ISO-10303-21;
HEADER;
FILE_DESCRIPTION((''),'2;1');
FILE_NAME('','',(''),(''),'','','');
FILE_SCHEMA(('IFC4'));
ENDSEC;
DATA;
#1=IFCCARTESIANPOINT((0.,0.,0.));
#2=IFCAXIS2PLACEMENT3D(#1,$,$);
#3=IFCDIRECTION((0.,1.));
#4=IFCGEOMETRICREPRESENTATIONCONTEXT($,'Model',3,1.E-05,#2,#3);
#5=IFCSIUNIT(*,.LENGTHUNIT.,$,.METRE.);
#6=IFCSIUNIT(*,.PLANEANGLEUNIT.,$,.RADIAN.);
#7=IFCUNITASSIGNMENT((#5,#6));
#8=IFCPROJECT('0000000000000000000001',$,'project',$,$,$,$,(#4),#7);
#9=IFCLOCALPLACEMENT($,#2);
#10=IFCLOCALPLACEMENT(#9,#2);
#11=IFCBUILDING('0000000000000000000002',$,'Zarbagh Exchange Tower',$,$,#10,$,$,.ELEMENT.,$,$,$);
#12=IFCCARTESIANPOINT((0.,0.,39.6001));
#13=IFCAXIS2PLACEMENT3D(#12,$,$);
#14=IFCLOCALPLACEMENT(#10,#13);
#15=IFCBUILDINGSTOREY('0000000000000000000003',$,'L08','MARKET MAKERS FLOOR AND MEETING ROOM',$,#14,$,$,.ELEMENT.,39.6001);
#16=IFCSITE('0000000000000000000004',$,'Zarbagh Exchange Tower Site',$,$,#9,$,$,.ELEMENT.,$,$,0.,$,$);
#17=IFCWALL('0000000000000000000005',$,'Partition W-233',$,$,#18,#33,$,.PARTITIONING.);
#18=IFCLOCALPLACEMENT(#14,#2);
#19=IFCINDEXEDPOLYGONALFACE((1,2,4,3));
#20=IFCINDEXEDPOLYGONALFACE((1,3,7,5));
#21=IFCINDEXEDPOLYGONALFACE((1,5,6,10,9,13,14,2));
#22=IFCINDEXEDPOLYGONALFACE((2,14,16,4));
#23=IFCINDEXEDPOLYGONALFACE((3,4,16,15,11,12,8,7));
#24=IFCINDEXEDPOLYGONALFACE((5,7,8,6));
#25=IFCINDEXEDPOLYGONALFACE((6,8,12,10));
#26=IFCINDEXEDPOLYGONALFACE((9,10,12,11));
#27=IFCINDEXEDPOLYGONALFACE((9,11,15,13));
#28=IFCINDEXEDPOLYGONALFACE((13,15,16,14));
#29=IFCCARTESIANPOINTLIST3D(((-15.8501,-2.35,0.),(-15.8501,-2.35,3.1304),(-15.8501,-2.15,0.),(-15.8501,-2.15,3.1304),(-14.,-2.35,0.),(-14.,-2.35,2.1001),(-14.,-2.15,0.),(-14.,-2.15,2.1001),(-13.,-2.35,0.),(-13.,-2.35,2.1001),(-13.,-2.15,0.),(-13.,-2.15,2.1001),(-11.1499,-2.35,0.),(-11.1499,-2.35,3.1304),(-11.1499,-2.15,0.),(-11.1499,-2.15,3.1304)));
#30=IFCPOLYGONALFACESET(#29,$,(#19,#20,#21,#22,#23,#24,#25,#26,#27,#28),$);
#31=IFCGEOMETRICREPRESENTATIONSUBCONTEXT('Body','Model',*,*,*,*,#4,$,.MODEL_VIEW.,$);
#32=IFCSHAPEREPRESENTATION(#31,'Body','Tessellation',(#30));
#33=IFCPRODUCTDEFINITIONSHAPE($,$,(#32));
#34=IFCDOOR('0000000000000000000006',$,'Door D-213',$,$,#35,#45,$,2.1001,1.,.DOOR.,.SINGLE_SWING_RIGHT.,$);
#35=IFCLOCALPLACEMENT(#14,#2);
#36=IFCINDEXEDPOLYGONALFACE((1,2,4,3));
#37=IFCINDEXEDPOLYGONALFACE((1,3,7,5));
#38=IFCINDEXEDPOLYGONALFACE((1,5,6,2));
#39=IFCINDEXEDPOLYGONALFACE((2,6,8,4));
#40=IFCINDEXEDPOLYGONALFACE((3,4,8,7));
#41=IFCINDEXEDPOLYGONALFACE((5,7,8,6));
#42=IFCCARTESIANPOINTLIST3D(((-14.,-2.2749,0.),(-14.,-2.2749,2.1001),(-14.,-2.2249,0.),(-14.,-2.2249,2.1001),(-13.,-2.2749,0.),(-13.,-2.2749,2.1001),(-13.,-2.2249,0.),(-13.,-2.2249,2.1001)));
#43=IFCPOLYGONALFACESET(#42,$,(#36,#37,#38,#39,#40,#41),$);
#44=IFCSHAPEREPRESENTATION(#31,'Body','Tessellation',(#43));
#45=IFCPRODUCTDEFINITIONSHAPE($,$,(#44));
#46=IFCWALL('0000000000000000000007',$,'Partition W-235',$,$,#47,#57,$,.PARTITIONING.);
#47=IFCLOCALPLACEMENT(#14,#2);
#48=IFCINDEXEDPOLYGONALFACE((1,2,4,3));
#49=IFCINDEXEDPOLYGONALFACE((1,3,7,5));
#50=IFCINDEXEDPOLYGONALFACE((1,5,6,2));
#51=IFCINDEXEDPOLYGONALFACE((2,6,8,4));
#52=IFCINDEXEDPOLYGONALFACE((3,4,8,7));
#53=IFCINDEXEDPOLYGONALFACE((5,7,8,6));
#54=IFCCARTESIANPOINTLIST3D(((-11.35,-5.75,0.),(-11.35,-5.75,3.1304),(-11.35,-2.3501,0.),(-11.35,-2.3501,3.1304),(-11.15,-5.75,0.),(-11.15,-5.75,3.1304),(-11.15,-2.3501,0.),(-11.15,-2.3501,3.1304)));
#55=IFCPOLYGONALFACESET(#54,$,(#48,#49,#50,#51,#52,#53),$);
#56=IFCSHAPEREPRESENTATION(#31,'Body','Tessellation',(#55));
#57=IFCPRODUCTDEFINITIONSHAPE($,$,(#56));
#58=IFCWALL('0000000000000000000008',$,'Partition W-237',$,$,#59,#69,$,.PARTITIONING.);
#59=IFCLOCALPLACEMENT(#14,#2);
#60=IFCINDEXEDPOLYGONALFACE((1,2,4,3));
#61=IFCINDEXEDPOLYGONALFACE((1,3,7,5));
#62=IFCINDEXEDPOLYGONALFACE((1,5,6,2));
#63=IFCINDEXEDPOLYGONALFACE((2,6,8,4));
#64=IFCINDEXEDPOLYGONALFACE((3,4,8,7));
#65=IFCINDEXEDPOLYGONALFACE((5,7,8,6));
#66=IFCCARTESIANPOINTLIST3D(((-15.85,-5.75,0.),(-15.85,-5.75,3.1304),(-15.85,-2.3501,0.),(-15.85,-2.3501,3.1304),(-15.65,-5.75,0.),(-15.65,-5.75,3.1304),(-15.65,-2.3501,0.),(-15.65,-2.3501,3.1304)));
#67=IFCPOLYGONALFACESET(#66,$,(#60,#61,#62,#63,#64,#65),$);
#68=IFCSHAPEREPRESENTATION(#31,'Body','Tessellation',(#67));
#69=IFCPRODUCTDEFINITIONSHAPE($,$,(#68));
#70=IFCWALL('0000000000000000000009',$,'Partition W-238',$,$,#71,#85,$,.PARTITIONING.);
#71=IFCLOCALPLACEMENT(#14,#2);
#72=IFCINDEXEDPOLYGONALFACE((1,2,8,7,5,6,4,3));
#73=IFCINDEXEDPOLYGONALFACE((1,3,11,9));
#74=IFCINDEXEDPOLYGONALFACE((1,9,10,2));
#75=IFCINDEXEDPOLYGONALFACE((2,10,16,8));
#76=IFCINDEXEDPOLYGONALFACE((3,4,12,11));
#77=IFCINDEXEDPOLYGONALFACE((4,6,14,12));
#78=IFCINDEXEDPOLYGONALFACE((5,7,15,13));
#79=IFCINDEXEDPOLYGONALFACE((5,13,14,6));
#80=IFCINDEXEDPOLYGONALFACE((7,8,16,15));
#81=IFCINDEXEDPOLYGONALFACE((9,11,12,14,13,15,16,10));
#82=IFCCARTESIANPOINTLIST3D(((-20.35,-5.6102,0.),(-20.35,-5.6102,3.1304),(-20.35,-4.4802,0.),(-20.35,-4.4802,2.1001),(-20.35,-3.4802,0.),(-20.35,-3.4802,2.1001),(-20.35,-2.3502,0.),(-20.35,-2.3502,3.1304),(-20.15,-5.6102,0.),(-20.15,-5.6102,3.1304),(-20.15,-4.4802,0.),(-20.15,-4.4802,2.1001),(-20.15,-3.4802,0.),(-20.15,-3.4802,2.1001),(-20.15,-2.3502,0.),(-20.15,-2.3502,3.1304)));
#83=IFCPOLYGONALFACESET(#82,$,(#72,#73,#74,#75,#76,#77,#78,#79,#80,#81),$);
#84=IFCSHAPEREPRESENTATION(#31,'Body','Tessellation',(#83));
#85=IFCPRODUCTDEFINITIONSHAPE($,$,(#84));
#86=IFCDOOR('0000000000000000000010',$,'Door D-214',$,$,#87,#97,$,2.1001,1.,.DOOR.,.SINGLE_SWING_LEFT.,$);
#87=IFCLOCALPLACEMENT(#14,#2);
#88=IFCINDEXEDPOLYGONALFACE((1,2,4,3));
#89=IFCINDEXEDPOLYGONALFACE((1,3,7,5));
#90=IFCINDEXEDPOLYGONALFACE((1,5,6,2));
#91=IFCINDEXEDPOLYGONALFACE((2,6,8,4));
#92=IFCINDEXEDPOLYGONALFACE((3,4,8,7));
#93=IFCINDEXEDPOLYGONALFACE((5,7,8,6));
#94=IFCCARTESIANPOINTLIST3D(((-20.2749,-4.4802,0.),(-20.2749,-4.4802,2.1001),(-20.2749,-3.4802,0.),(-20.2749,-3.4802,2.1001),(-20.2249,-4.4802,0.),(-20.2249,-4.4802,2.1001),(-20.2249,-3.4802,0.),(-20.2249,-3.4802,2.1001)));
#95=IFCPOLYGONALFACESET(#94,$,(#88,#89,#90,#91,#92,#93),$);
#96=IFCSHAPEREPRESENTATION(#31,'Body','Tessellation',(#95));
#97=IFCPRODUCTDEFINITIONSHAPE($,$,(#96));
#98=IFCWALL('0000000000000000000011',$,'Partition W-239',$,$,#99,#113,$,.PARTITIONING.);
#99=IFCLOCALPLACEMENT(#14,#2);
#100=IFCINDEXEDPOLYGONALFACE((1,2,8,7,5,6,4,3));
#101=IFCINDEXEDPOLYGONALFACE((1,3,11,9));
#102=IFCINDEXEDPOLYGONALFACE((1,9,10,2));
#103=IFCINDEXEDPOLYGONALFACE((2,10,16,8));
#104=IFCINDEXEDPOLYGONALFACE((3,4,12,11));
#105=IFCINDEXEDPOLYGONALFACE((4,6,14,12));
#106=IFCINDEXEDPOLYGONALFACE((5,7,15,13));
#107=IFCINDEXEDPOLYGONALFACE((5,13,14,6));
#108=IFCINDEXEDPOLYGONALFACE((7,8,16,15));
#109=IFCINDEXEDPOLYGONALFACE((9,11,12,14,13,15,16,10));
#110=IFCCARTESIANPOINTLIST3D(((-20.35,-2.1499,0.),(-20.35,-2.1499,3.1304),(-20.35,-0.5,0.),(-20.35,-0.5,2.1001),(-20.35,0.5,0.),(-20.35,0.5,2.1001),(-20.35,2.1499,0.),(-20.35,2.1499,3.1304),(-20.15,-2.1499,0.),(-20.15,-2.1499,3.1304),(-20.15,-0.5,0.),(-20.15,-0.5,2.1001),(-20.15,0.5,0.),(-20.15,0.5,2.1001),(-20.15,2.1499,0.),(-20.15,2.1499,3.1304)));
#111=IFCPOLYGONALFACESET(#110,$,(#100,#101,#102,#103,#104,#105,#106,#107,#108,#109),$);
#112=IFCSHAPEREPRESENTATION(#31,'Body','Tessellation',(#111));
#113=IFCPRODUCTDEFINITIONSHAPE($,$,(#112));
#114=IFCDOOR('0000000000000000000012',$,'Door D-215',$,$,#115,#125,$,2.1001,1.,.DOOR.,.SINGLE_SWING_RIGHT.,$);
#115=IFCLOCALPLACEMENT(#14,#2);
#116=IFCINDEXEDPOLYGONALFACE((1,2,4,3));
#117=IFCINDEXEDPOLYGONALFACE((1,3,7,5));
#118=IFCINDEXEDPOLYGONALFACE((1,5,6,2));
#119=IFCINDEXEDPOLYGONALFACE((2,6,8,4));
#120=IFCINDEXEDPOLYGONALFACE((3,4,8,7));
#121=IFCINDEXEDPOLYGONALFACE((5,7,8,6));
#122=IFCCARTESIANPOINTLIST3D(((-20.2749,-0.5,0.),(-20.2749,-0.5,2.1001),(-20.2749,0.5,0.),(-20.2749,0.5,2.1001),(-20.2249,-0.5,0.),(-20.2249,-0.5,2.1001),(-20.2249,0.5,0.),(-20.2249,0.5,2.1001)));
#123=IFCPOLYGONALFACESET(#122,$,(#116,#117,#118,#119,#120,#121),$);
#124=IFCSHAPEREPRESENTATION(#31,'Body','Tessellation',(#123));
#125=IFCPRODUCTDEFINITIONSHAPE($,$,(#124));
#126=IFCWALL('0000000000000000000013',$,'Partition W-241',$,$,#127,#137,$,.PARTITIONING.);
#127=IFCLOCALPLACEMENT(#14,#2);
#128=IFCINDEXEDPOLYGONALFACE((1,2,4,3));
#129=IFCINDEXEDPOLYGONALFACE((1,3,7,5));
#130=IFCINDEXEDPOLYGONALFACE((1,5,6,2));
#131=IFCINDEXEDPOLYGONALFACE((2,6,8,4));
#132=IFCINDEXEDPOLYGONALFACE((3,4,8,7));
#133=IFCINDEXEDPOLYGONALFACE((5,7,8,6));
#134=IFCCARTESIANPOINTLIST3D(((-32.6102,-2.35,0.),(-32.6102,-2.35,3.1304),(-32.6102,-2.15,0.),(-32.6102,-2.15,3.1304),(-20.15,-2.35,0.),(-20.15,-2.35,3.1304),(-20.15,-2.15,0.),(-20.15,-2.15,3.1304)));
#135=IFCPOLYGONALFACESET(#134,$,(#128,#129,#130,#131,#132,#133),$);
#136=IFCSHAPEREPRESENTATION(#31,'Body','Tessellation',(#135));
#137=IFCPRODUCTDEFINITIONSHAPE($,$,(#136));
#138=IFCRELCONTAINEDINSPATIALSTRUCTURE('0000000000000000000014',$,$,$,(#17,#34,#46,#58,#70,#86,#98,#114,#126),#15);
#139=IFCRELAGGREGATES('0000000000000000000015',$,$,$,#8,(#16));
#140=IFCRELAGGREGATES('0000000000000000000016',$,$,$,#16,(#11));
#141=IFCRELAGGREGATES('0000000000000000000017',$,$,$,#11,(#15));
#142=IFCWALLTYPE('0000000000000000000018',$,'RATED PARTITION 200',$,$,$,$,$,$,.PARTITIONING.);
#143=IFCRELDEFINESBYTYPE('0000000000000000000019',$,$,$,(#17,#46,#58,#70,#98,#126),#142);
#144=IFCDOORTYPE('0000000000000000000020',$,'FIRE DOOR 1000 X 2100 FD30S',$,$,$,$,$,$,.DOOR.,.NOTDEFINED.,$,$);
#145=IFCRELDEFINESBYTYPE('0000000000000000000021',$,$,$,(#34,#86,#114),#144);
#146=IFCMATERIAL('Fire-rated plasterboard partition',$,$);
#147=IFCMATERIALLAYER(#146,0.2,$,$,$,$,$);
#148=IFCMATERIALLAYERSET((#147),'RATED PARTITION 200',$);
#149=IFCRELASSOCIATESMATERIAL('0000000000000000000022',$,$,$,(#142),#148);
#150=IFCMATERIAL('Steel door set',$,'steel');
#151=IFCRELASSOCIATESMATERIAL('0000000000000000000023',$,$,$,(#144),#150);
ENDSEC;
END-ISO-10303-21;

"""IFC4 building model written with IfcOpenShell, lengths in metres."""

from ifc_helpers import new_model, si_unit, direction, frame, frame_2d, origin, place, context, subcontext, project, spatial, rectangle, extrude, material, layer, layer_set, type_object, element, fill, save


model = new_model("IFC4")

# Units and contexts
model_context = context("Model", 3, precision=1e-05, world=origin(), true_north=direction((0.0, 1.0)))
body_context = subcontext(model_context, "Body", "Model", "MODEL_VIEW")
ifc_project = project(units=[si_unit("LENGTHUNIT", "METRE"), si_unit("PLANEANGLEUNIT", "RADIAN")], contexts=[model_context])

# Site, building, storey
site_placement = place(None, origin())
site = spatial("IfcSite", under=ifc_project, at=site_placement, Name="Zarbagh Exchange Tower Site", CompositionType="ELEMENT", RefElevation=0.0)
building_placement = place(site_placement, origin())
building = spatial("IfcBuilding", under=site, at=building_placement, Name="Zarbagh Exchange Tower", CompositionType="ELEMENT")
storey_placement = place(building_placement, frame((0.0, 0.0, 39.6001)))
storey = spatial("IfcBuildingStorey", under=building, at=storey_placement, Name="L08", Description="MARKET MAKERS FLOOR AND MEETING ROOM", CompositionType="ELEMENT", Elevation=39.6001)

# Shared definitions
ifc_material_1 = material(Name="Fire-rated plasterboard partition")
ifc_layer = layer(ifc_material_1, 0.2)
ifc_layer_set = layer_set([ifc_layer], Name="RATED PARTITION 200")
wall_type = type_object("IfcWallType", Name="RATED PARTITION 200", PredefinedType="PARTITIONING", material=ifc_layer_set)

# Wall, opening, door
ifc_material_2 = material(Name="Steel door set", Category="steel")
door_type = type_object("IfcDoorType", Name="FIRE DOOR 1000 X 2100 FD30S", OperationType="NOTDEFINED", PredefinedType="DOOR", material=ifc_material_2)
wall_1_placement = place(storey_placement, frame((-11.1499, -2.25, 0.0), z_axis=(0.0, 0.0, 1.0), x_axis=(-1.0, 0.0, 0.0)))
wall_1 = element("IfcWall", 1, at=wall_1_placement, inside=storey, type_object=wall_type, Name="Partition W-233", PredefinedType="PARTITIONING", context=body_context, shape_type="SweptSolid", body=[
    extrude(rectangle(XDim=4.7002, YDim=0.2, at=frame_2d((2.3501, 0.0))), origin(), (0.0, 0.0, 1.0), 3.1304),
])
opening_1_placement = place(wall_1_placement, frame((1.8501, 0.0, 0.0)))
opening_1 = element("IfcOpeningElement", 2, at=opening_1_placement, cuts=wall_1, PredefinedType="OPENING", context=body_context, shape_type="SweptSolid", body=[
    extrude(rectangle(XDim=1.0, YDim=2.1001, at=frame_2d((0.5, 1.05))), frame((0.0, 0.1099, 0.0), z_axis=(0.0, -1.0, 0.0), x_axis=(1.0, 0.0, 0.0)), (0.0, 0.0, 1.0), 0.22),
])
door_1_placement = place(opening_1_placement, origin())
door_1 = element("IfcDoor", 3, at=door_1_placement, inside=storey, type_object=door_type, Name="Door D-213", OperationType="SINGLE_SWING_RIGHT", OverallHeight=2.1001, OverallWidth=1.0, PredefinedType="DOOR", context=body_context, shape_type="SweptSolid", body=[
    extrude(rectangle(XDim=1.0, YDim=2.1001, at=frame_2d((0.5, 1.05))), frame((0.0, 0.0249, 0.0), z_axis=(0.0, -1.0, 0.0), x_axis=(1.0, 0.0, 0.0)), (0.0, 0.0, 1.0), 0.05),
])
fill(opening_1, door_1)

# Walls
for number, where, z_axis, x_axis, name in (
    (4, (-11.25, -5.75, 0.0), (0.0, 0.0, 1.0), (0.0, 1.0, 0.0), "Partition W-235"),
    (5, (-15.75, -5.75, 0.0), (0.0, 0.0, 1.0), (0.0, 1.0, 0.0), "Partition W-237"),
):
    element("IfcWall", number, at=place(storey_placement, frame(where, z_axis=z_axis, x_axis=x_axis)), inside=storey, type_object=wall_type, Name=name, PredefinedType="PARTITIONING", context=body_context, shape_type="SweptSolid", body=[
        extrude(rectangle(XDim=3.3999, YDim=0.2, at=frame_2d((1.7, 0.0))), origin(), (0.0, 0.0, 1.0), 3.1304),
    ])

# Walls, openings, doors
wall_2_placement = place(storey_placement, frame((-20.25, -5.6101, 0.0), z_axis=(0.0, 0.0, 1.0), x_axis=(0.0, 1.0, 0.0)))
wall_2 = element("IfcWall", 6, at=wall_2_placement, inside=storey, type_object=wall_type, Name="Partition W-238", PredefinedType="PARTITIONING", context=body_context, shape_type="SweptSolid", body=[
    extrude(rectangle(XDim=3.26, YDim=0.2, at=frame_2d((1.6299, 0.0))), origin(), (0.0, 0.0, 1.0), 3.1304),
])
opening_2_placement = place(wall_2_placement, frame((1.1299, 0.0, 0.0)))
opening_2 = element("IfcOpeningElement", 7, at=opening_2_placement, cuts=wall_2, PredefinedType="OPENING", context=body_context, shape_type="SweptSolid", body=[
    extrude(rectangle(XDim=1.0, YDim=2.1001, at=frame_2d((0.5, 1.05))), frame((0.0, 0.1099, 0.0), z_axis=(0.0, -1.0, 0.0), x_axis=(1.0, 0.0, 0.0)), (0.0, 0.0, 1.0), 0.22),
])
door_2_placement = place(opening_2_placement, origin())
door_2 = element("IfcDoor", 8, at=door_2_placement, inside=storey, type_object=door_type, Name="Door D-214", OperationType="SINGLE_SWING_LEFT", OverallHeight=2.1001, OverallWidth=1.0, PredefinedType="DOOR", context=body_context, shape_type="SweptSolid", body=[
    extrude(rectangle(XDim=1.0, YDim=2.1001, at=frame_2d((0.5, 1.05))), frame((0.0, 0.0249, 0.0), z_axis=(0.0, -1.0, 0.0), x_axis=(1.0, 0.0, 0.0)), (0.0, 0.0, 1.0), 0.05),
])
fill(opening_2, door_2)
wall_3_placement = place(storey_placement, frame((-20.25, -2.1499, 0.0), z_axis=(0.0, 0.0, 1.0), x_axis=(0.0, 1.0, 0.0)))
wall_3 = element("IfcWall", 9, at=wall_3_placement, inside=storey, type_object=wall_type, Name="Partition W-239", PredefinedType="PARTITIONING", context=body_context, shape_type="SweptSolid", body=[
    extrude(rectangle(XDim=4.2998, YDim=0.2, at=frame_2d((2.1499, 0.0))), origin(), (0.0, 0.0, 1.0), 3.1304),
])
opening_3_placement = place(wall_3_placement, frame((1.6499, 0.0, 0.0)))
opening_3 = element("IfcOpeningElement", 10, at=opening_3_placement, cuts=wall_3, PredefinedType="OPENING", context=body_context, shape_type="SweptSolid", body=[
    extrude(rectangle(XDim=1.0, YDim=2.1001, at=frame_2d((0.5, 1.05))), frame((0.0, 0.1099, 0.0), z_axis=(0.0, -1.0, 0.0), x_axis=(1.0, 0.0, 0.0)), (0.0, 0.0, 1.0), 0.22),
])
door_3_placement = place(opening_3_placement, origin())
door_3 = element("IfcDoor", 11, at=door_3_placement, inside=storey, type_object=door_type, Name="Door D-215", OperationType="SINGLE_SWING_RIGHT", OverallHeight=2.1001, OverallWidth=1.0, PredefinedType="DOOR", context=body_context, shape_type="SweptSolid", body=[
    extrude(rectangle(XDim=1.0, YDim=2.1001, at=frame_2d((0.5, 1.05))), frame((0.0, 0.0249, 0.0), z_axis=(0.0, -1.0, 0.0), x_axis=(1.0, 0.0, 0.0)), (0.0, 0.0, 1.0), 0.05),
])
fill(opening_3, door_3)

# Wall
wall_4_placement = place(storey_placement, frame((-32.6101, -2.25, 0.0), z_axis=(0.0, 0.0, 1.0), x_axis=(1.0, 0.0, 0.0)))
element("IfcWall", 12, at=wall_4_placement, inside=storey, type_object=wall_type, Name="Partition W-241", PredefinedType="PARTITIONING", context=body_context, shape_type="SweptSolid", body=[
    extrude(rectangle(XDim=12.4602, YDim=0.2, at=frame_2d((6.23, 0.0))), origin(), (0.0, 0.0, 1.0), 3.1304),
])

save(model, "model.ifc")
